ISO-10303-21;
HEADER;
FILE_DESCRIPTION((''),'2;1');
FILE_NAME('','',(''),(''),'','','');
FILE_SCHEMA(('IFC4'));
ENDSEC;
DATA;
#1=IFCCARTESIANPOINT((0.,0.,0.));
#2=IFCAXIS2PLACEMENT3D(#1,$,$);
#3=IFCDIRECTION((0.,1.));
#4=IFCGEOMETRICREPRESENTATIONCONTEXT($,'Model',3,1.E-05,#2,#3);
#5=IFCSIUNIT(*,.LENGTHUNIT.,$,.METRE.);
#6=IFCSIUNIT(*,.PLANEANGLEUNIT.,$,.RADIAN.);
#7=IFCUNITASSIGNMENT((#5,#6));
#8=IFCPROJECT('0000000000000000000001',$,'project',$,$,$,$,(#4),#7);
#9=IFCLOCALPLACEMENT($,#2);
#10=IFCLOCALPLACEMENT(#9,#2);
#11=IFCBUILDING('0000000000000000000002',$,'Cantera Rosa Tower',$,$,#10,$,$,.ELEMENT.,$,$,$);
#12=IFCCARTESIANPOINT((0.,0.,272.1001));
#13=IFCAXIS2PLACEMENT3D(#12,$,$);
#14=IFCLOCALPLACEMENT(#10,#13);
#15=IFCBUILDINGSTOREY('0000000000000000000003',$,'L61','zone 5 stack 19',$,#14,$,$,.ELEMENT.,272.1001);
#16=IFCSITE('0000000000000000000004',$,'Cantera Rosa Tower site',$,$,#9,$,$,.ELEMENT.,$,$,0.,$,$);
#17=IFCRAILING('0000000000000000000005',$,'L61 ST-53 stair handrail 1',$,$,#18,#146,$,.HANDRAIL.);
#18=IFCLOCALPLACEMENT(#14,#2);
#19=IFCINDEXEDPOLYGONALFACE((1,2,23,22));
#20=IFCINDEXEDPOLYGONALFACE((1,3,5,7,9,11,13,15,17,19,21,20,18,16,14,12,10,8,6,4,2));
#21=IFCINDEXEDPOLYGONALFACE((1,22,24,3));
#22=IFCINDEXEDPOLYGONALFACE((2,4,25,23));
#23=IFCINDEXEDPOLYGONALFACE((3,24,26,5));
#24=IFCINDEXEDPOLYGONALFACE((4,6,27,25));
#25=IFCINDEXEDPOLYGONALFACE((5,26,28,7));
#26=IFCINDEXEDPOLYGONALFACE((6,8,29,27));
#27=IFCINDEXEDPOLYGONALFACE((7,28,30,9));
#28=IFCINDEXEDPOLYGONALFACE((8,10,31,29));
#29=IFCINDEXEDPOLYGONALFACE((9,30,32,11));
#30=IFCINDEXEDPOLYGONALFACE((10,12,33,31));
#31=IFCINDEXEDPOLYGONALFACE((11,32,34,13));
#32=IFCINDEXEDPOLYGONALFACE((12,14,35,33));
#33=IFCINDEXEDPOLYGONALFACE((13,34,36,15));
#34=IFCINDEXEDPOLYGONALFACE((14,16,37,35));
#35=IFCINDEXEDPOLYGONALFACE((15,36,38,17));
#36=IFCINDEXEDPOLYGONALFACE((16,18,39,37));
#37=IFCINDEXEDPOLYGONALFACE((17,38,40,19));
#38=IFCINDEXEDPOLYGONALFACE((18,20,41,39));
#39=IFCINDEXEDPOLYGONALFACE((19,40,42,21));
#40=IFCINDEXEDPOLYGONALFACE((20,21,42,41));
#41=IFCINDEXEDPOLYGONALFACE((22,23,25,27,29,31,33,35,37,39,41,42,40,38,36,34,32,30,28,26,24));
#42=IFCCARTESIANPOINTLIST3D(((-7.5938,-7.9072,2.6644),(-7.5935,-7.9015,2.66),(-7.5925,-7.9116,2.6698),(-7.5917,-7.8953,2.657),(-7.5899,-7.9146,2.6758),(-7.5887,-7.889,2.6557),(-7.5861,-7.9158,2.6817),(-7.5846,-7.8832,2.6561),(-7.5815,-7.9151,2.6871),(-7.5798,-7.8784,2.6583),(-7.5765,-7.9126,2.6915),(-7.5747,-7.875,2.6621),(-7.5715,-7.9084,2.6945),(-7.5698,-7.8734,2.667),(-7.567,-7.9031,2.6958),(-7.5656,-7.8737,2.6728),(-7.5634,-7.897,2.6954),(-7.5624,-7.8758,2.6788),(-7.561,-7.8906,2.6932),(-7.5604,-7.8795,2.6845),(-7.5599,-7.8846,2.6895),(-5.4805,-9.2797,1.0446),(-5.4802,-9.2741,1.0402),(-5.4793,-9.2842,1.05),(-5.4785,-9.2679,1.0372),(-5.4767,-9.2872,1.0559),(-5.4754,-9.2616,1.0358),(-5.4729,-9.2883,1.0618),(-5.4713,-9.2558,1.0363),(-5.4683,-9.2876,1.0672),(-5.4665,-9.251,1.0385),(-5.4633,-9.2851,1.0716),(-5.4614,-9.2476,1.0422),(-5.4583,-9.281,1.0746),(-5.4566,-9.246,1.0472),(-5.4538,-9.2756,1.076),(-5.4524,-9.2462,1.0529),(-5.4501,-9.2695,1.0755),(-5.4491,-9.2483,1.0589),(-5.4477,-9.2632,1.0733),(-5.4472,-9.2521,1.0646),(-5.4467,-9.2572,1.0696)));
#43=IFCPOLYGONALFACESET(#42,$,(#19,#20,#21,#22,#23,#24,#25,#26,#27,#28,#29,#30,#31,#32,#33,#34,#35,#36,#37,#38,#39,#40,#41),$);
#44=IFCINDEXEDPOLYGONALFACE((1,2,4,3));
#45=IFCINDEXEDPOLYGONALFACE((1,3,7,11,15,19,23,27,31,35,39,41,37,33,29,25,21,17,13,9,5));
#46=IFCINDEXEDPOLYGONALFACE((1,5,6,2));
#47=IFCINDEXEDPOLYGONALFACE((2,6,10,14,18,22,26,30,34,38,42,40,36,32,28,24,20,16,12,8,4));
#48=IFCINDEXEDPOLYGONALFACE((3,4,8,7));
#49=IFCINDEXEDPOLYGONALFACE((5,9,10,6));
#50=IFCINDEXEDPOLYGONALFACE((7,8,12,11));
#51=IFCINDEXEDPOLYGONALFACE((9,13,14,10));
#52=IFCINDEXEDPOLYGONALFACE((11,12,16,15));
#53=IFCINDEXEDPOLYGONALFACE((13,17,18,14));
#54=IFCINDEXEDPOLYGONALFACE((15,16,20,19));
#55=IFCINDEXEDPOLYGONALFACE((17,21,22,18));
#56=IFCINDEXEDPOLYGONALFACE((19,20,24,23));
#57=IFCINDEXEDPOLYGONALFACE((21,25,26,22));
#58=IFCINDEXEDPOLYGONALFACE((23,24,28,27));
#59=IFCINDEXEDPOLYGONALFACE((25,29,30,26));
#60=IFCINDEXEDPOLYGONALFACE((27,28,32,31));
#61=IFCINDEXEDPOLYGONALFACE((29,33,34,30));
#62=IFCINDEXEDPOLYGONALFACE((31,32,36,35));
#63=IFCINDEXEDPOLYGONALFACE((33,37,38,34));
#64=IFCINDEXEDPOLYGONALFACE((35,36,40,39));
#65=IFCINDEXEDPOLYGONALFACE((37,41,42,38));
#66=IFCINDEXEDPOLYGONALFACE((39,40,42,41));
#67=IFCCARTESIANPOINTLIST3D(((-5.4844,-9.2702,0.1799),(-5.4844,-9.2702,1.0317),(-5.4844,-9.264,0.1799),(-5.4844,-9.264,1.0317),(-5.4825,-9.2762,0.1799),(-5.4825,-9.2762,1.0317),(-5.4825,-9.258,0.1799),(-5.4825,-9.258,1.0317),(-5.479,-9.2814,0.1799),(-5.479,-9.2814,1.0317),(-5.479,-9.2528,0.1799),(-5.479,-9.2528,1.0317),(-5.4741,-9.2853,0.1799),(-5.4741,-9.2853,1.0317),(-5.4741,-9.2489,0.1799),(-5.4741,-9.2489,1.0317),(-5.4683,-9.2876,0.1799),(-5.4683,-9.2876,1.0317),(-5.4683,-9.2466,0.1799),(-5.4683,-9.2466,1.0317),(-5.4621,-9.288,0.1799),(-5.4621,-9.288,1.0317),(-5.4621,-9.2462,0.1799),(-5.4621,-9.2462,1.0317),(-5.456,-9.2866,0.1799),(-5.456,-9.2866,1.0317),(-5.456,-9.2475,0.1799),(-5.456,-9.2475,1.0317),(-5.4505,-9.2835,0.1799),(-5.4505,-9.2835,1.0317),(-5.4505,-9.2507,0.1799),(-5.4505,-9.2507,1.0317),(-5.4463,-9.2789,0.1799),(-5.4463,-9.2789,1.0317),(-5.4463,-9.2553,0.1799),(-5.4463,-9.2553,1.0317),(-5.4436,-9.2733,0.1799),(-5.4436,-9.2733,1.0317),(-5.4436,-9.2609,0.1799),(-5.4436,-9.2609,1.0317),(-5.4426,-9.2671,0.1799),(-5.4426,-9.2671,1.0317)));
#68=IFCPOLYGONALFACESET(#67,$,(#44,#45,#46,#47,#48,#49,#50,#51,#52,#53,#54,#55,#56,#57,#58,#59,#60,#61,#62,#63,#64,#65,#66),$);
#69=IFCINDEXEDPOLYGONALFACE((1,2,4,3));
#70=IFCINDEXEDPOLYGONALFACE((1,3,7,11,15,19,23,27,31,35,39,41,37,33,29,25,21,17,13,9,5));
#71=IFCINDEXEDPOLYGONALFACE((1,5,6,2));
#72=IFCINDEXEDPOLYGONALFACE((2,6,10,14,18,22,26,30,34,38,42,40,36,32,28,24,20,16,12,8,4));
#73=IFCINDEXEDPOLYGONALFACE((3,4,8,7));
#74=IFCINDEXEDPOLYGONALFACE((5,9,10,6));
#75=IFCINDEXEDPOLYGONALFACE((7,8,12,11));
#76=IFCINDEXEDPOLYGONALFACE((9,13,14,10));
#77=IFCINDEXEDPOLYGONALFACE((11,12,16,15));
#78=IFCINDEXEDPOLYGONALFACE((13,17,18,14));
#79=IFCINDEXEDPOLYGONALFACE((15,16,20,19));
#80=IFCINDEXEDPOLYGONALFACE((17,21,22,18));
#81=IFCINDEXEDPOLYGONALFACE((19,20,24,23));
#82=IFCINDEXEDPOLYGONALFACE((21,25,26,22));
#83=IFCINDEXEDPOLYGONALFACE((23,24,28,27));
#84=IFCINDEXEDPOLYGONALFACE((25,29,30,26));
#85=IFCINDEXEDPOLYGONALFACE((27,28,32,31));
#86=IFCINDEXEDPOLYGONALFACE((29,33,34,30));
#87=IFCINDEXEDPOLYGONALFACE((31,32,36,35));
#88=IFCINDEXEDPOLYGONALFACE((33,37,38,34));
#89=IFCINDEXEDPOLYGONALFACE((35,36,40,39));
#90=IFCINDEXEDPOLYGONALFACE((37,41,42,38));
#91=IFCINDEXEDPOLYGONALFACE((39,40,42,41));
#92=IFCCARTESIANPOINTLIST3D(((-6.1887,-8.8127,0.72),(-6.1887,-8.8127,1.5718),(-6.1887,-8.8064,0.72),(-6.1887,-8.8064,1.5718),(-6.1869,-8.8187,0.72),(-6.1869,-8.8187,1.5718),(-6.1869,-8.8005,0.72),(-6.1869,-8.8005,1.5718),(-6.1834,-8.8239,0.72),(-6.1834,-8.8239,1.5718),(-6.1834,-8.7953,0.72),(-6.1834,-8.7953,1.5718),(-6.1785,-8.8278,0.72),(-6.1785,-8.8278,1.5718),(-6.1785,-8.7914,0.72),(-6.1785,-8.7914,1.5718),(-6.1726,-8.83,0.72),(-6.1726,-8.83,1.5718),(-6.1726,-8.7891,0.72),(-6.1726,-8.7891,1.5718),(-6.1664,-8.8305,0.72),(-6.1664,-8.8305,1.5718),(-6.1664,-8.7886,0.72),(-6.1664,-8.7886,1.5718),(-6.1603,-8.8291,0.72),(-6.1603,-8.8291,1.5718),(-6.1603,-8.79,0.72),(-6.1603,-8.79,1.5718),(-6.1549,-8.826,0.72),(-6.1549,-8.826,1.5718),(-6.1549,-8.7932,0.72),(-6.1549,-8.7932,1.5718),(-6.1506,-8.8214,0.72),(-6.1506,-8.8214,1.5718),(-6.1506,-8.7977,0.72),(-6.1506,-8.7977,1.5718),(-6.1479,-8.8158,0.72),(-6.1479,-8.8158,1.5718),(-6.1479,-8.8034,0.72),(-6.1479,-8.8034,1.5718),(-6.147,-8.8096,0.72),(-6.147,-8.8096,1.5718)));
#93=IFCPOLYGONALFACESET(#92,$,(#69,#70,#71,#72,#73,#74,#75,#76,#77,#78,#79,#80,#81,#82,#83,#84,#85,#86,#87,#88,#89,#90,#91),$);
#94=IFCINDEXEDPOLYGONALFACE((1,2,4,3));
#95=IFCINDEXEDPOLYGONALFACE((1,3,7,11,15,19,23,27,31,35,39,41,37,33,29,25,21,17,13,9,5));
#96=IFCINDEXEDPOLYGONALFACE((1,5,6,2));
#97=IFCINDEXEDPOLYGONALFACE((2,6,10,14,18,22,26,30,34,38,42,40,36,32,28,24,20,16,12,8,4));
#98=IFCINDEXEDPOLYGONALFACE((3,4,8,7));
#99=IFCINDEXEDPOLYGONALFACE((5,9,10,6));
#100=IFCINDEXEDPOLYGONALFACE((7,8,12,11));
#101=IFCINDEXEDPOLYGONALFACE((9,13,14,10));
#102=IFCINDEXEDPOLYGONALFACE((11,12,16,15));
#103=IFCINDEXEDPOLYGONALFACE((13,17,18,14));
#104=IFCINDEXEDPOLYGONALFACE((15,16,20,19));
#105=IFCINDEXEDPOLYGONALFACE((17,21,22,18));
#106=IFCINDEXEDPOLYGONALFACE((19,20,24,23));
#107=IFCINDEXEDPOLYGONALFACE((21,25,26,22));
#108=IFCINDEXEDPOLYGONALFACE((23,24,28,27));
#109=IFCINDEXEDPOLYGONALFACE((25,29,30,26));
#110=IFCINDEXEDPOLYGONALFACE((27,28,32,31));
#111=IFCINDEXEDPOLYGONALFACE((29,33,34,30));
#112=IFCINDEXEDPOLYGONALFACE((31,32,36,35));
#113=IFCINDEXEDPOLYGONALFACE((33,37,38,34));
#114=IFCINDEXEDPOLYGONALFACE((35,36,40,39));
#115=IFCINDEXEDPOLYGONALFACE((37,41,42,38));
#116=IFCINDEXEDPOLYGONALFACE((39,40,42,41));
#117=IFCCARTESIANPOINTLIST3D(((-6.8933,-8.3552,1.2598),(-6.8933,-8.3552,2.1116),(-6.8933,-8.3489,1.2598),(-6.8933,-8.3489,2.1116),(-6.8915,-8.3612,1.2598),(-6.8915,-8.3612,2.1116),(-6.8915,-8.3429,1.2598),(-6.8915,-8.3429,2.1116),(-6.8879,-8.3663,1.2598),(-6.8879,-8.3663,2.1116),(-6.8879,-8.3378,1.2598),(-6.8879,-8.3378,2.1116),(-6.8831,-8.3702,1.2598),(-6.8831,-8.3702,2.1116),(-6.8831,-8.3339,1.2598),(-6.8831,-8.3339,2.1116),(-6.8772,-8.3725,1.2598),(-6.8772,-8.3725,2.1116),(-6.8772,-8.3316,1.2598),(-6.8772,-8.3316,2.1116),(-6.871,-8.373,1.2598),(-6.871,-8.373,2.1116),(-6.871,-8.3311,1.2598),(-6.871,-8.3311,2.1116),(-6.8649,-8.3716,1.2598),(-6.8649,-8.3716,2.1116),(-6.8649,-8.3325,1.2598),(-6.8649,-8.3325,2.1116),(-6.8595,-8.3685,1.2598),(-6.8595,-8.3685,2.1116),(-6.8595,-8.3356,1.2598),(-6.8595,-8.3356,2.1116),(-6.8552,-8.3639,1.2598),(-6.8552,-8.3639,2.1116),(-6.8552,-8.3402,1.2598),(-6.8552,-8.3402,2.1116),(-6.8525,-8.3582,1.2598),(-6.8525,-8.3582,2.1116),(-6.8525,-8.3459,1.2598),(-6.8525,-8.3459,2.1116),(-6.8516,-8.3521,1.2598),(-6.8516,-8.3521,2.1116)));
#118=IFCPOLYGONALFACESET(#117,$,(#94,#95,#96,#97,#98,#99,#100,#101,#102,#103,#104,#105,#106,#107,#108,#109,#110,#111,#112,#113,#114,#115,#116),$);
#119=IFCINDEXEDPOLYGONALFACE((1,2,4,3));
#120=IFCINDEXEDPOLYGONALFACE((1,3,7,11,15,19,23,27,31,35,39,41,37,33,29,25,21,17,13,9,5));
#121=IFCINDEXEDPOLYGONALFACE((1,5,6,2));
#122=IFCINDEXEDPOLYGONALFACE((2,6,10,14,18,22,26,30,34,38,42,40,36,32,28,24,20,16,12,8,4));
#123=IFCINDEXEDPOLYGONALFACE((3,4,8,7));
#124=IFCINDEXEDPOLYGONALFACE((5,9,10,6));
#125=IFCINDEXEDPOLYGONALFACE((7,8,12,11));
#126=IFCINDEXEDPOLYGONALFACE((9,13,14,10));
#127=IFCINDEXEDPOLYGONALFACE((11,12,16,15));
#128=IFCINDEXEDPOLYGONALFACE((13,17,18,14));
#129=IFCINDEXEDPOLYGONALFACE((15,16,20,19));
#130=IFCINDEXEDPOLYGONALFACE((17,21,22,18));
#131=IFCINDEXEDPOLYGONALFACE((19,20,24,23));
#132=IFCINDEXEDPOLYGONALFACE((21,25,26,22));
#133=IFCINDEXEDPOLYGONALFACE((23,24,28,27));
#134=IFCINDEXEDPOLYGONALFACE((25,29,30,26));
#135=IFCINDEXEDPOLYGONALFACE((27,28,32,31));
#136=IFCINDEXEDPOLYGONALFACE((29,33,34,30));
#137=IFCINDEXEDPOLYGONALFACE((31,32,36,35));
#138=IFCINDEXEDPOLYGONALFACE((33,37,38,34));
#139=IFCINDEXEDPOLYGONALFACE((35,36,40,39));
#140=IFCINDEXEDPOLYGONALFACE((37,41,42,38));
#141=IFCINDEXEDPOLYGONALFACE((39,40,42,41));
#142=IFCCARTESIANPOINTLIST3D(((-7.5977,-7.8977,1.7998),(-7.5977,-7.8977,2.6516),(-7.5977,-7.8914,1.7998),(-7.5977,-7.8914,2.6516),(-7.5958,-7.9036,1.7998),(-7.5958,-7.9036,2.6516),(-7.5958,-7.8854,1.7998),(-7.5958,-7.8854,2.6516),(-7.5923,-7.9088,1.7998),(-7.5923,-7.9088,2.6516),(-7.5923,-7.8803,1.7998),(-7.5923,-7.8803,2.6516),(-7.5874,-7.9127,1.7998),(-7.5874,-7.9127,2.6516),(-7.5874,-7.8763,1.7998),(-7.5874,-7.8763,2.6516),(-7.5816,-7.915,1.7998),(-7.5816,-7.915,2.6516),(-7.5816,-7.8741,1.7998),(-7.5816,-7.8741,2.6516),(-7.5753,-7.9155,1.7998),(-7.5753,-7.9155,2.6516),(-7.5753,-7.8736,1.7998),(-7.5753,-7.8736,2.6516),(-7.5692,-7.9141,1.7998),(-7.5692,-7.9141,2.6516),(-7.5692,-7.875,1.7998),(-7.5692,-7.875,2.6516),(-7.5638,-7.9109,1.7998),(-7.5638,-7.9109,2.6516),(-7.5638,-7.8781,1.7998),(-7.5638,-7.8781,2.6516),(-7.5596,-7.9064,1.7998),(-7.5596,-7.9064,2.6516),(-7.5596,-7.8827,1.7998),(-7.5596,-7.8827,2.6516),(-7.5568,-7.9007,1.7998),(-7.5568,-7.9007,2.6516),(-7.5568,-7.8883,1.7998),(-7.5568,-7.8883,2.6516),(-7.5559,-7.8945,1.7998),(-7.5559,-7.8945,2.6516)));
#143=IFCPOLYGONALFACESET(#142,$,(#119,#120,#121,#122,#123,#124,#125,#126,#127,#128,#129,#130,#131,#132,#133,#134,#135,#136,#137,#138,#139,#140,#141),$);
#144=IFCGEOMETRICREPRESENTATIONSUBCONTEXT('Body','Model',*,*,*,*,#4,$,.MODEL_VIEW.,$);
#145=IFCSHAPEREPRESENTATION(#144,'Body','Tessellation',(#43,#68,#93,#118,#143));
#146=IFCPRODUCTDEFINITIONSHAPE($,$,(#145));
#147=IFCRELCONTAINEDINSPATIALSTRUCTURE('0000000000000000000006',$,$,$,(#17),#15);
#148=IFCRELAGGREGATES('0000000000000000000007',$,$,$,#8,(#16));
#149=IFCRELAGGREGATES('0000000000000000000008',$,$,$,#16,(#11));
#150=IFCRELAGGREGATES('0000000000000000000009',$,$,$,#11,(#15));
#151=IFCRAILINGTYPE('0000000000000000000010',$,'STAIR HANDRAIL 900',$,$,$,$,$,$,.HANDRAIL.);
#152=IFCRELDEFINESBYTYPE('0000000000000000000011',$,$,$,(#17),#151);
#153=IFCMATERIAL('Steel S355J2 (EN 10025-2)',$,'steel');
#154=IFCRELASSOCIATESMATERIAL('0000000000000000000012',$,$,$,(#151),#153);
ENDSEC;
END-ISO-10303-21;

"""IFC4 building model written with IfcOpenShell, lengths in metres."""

from ifc_helpers import new_model, si_unit, direction, frame, origin, origin_2d, place, context, subcontext, project, spatial, circle, extrude, material, type_object, element, save


model = new_model("IFC4")

# Units and contexts
model_context = context("Model", 3, precision=1e-05, world=origin(), true_north=direction((0.0, 1.0)))
body_context = subcontext(model_context, "Body", "Model", "MODEL_VIEW")
ifc_project = project(units=[si_unit("LENGTHUNIT", "METRE"), si_unit("PLANEANGLEUNIT", "RADIAN")], contexts=[model_context])

# Site, building, storey
site_placement = place(None, origin())
site = spatial("IfcSite", under=ifc_project, at=site_placement, Name="Cantera Rosa Tower site", CompositionType="ELEMENT", RefElevation=0.0)
building_placement = place(site_placement, origin())
building = spatial("IfcBuilding", under=site, at=building_placement, Name="Cantera Rosa Tower", CompositionType="ELEMENT")
storey_placement = place(building_placement, frame((0.0, 0.0, 272.1001)))
storey = spatial("IfcBuildingStorey", under=building, at=storey_placement, Name="L61", Description="zone 5 stack 19", CompositionType="ELEMENT", Elevation=272.1001)

# Railing
ifc_material_1 = material(Name="Steel S355J2 (EN 10025-2)", Category="steel")
railing_type_1 = type_object("IfcRailingType", Name="STAIR HANDRAIL 900", PredefinedType="HANDRAIL", material=ifc_material_1)
railing_1_placement = place(storey_placement, frame((-5.4636, -9.2671, 0.1799)))
element("IfcRailing", 1, at=railing_1_placement, inside=storey, type_object=railing_type_1, Name="L61 ST-53 stair handrail 1", PredefinedType="HANDRAIL", context=body_context, shape_type="SweptSolid", body=[
    extrude(circle(Radius=0.0239, at=origin_2d()), frame((0.0, 0.0, 0.876), z_axis=(-0.705452, 0.458185, 0.540743), x_axis=(-0.544689, -0.838638, 0.0)), (0.0, 0.0, 1.0), 2.9956),
    extrude(circle(Radius=0.021, at=origin_2d()), origin(), (0.0, 0.0, 1.0), 0.8518),
    extrude(circle(Radius=0.021, at=origin_2d()), frame((-0.7043, 0.4575, 0.54)), (0.0, 0.0, 1.0), 0.8518),
    extrude(circle(Radius=0.021, at=origin_2d()), frame((-1.4089, 0.915, 1.0798)), (0.0, 0.0, 1.0), 0.8518),
    extrude(circle(Radius=0.021, at=origin_2d()), frame((-2.1133, 1.3726, 1.6199)), (0.0, 0.0, 1.0), 0.8518),
])

save(model, "model.ifc")
